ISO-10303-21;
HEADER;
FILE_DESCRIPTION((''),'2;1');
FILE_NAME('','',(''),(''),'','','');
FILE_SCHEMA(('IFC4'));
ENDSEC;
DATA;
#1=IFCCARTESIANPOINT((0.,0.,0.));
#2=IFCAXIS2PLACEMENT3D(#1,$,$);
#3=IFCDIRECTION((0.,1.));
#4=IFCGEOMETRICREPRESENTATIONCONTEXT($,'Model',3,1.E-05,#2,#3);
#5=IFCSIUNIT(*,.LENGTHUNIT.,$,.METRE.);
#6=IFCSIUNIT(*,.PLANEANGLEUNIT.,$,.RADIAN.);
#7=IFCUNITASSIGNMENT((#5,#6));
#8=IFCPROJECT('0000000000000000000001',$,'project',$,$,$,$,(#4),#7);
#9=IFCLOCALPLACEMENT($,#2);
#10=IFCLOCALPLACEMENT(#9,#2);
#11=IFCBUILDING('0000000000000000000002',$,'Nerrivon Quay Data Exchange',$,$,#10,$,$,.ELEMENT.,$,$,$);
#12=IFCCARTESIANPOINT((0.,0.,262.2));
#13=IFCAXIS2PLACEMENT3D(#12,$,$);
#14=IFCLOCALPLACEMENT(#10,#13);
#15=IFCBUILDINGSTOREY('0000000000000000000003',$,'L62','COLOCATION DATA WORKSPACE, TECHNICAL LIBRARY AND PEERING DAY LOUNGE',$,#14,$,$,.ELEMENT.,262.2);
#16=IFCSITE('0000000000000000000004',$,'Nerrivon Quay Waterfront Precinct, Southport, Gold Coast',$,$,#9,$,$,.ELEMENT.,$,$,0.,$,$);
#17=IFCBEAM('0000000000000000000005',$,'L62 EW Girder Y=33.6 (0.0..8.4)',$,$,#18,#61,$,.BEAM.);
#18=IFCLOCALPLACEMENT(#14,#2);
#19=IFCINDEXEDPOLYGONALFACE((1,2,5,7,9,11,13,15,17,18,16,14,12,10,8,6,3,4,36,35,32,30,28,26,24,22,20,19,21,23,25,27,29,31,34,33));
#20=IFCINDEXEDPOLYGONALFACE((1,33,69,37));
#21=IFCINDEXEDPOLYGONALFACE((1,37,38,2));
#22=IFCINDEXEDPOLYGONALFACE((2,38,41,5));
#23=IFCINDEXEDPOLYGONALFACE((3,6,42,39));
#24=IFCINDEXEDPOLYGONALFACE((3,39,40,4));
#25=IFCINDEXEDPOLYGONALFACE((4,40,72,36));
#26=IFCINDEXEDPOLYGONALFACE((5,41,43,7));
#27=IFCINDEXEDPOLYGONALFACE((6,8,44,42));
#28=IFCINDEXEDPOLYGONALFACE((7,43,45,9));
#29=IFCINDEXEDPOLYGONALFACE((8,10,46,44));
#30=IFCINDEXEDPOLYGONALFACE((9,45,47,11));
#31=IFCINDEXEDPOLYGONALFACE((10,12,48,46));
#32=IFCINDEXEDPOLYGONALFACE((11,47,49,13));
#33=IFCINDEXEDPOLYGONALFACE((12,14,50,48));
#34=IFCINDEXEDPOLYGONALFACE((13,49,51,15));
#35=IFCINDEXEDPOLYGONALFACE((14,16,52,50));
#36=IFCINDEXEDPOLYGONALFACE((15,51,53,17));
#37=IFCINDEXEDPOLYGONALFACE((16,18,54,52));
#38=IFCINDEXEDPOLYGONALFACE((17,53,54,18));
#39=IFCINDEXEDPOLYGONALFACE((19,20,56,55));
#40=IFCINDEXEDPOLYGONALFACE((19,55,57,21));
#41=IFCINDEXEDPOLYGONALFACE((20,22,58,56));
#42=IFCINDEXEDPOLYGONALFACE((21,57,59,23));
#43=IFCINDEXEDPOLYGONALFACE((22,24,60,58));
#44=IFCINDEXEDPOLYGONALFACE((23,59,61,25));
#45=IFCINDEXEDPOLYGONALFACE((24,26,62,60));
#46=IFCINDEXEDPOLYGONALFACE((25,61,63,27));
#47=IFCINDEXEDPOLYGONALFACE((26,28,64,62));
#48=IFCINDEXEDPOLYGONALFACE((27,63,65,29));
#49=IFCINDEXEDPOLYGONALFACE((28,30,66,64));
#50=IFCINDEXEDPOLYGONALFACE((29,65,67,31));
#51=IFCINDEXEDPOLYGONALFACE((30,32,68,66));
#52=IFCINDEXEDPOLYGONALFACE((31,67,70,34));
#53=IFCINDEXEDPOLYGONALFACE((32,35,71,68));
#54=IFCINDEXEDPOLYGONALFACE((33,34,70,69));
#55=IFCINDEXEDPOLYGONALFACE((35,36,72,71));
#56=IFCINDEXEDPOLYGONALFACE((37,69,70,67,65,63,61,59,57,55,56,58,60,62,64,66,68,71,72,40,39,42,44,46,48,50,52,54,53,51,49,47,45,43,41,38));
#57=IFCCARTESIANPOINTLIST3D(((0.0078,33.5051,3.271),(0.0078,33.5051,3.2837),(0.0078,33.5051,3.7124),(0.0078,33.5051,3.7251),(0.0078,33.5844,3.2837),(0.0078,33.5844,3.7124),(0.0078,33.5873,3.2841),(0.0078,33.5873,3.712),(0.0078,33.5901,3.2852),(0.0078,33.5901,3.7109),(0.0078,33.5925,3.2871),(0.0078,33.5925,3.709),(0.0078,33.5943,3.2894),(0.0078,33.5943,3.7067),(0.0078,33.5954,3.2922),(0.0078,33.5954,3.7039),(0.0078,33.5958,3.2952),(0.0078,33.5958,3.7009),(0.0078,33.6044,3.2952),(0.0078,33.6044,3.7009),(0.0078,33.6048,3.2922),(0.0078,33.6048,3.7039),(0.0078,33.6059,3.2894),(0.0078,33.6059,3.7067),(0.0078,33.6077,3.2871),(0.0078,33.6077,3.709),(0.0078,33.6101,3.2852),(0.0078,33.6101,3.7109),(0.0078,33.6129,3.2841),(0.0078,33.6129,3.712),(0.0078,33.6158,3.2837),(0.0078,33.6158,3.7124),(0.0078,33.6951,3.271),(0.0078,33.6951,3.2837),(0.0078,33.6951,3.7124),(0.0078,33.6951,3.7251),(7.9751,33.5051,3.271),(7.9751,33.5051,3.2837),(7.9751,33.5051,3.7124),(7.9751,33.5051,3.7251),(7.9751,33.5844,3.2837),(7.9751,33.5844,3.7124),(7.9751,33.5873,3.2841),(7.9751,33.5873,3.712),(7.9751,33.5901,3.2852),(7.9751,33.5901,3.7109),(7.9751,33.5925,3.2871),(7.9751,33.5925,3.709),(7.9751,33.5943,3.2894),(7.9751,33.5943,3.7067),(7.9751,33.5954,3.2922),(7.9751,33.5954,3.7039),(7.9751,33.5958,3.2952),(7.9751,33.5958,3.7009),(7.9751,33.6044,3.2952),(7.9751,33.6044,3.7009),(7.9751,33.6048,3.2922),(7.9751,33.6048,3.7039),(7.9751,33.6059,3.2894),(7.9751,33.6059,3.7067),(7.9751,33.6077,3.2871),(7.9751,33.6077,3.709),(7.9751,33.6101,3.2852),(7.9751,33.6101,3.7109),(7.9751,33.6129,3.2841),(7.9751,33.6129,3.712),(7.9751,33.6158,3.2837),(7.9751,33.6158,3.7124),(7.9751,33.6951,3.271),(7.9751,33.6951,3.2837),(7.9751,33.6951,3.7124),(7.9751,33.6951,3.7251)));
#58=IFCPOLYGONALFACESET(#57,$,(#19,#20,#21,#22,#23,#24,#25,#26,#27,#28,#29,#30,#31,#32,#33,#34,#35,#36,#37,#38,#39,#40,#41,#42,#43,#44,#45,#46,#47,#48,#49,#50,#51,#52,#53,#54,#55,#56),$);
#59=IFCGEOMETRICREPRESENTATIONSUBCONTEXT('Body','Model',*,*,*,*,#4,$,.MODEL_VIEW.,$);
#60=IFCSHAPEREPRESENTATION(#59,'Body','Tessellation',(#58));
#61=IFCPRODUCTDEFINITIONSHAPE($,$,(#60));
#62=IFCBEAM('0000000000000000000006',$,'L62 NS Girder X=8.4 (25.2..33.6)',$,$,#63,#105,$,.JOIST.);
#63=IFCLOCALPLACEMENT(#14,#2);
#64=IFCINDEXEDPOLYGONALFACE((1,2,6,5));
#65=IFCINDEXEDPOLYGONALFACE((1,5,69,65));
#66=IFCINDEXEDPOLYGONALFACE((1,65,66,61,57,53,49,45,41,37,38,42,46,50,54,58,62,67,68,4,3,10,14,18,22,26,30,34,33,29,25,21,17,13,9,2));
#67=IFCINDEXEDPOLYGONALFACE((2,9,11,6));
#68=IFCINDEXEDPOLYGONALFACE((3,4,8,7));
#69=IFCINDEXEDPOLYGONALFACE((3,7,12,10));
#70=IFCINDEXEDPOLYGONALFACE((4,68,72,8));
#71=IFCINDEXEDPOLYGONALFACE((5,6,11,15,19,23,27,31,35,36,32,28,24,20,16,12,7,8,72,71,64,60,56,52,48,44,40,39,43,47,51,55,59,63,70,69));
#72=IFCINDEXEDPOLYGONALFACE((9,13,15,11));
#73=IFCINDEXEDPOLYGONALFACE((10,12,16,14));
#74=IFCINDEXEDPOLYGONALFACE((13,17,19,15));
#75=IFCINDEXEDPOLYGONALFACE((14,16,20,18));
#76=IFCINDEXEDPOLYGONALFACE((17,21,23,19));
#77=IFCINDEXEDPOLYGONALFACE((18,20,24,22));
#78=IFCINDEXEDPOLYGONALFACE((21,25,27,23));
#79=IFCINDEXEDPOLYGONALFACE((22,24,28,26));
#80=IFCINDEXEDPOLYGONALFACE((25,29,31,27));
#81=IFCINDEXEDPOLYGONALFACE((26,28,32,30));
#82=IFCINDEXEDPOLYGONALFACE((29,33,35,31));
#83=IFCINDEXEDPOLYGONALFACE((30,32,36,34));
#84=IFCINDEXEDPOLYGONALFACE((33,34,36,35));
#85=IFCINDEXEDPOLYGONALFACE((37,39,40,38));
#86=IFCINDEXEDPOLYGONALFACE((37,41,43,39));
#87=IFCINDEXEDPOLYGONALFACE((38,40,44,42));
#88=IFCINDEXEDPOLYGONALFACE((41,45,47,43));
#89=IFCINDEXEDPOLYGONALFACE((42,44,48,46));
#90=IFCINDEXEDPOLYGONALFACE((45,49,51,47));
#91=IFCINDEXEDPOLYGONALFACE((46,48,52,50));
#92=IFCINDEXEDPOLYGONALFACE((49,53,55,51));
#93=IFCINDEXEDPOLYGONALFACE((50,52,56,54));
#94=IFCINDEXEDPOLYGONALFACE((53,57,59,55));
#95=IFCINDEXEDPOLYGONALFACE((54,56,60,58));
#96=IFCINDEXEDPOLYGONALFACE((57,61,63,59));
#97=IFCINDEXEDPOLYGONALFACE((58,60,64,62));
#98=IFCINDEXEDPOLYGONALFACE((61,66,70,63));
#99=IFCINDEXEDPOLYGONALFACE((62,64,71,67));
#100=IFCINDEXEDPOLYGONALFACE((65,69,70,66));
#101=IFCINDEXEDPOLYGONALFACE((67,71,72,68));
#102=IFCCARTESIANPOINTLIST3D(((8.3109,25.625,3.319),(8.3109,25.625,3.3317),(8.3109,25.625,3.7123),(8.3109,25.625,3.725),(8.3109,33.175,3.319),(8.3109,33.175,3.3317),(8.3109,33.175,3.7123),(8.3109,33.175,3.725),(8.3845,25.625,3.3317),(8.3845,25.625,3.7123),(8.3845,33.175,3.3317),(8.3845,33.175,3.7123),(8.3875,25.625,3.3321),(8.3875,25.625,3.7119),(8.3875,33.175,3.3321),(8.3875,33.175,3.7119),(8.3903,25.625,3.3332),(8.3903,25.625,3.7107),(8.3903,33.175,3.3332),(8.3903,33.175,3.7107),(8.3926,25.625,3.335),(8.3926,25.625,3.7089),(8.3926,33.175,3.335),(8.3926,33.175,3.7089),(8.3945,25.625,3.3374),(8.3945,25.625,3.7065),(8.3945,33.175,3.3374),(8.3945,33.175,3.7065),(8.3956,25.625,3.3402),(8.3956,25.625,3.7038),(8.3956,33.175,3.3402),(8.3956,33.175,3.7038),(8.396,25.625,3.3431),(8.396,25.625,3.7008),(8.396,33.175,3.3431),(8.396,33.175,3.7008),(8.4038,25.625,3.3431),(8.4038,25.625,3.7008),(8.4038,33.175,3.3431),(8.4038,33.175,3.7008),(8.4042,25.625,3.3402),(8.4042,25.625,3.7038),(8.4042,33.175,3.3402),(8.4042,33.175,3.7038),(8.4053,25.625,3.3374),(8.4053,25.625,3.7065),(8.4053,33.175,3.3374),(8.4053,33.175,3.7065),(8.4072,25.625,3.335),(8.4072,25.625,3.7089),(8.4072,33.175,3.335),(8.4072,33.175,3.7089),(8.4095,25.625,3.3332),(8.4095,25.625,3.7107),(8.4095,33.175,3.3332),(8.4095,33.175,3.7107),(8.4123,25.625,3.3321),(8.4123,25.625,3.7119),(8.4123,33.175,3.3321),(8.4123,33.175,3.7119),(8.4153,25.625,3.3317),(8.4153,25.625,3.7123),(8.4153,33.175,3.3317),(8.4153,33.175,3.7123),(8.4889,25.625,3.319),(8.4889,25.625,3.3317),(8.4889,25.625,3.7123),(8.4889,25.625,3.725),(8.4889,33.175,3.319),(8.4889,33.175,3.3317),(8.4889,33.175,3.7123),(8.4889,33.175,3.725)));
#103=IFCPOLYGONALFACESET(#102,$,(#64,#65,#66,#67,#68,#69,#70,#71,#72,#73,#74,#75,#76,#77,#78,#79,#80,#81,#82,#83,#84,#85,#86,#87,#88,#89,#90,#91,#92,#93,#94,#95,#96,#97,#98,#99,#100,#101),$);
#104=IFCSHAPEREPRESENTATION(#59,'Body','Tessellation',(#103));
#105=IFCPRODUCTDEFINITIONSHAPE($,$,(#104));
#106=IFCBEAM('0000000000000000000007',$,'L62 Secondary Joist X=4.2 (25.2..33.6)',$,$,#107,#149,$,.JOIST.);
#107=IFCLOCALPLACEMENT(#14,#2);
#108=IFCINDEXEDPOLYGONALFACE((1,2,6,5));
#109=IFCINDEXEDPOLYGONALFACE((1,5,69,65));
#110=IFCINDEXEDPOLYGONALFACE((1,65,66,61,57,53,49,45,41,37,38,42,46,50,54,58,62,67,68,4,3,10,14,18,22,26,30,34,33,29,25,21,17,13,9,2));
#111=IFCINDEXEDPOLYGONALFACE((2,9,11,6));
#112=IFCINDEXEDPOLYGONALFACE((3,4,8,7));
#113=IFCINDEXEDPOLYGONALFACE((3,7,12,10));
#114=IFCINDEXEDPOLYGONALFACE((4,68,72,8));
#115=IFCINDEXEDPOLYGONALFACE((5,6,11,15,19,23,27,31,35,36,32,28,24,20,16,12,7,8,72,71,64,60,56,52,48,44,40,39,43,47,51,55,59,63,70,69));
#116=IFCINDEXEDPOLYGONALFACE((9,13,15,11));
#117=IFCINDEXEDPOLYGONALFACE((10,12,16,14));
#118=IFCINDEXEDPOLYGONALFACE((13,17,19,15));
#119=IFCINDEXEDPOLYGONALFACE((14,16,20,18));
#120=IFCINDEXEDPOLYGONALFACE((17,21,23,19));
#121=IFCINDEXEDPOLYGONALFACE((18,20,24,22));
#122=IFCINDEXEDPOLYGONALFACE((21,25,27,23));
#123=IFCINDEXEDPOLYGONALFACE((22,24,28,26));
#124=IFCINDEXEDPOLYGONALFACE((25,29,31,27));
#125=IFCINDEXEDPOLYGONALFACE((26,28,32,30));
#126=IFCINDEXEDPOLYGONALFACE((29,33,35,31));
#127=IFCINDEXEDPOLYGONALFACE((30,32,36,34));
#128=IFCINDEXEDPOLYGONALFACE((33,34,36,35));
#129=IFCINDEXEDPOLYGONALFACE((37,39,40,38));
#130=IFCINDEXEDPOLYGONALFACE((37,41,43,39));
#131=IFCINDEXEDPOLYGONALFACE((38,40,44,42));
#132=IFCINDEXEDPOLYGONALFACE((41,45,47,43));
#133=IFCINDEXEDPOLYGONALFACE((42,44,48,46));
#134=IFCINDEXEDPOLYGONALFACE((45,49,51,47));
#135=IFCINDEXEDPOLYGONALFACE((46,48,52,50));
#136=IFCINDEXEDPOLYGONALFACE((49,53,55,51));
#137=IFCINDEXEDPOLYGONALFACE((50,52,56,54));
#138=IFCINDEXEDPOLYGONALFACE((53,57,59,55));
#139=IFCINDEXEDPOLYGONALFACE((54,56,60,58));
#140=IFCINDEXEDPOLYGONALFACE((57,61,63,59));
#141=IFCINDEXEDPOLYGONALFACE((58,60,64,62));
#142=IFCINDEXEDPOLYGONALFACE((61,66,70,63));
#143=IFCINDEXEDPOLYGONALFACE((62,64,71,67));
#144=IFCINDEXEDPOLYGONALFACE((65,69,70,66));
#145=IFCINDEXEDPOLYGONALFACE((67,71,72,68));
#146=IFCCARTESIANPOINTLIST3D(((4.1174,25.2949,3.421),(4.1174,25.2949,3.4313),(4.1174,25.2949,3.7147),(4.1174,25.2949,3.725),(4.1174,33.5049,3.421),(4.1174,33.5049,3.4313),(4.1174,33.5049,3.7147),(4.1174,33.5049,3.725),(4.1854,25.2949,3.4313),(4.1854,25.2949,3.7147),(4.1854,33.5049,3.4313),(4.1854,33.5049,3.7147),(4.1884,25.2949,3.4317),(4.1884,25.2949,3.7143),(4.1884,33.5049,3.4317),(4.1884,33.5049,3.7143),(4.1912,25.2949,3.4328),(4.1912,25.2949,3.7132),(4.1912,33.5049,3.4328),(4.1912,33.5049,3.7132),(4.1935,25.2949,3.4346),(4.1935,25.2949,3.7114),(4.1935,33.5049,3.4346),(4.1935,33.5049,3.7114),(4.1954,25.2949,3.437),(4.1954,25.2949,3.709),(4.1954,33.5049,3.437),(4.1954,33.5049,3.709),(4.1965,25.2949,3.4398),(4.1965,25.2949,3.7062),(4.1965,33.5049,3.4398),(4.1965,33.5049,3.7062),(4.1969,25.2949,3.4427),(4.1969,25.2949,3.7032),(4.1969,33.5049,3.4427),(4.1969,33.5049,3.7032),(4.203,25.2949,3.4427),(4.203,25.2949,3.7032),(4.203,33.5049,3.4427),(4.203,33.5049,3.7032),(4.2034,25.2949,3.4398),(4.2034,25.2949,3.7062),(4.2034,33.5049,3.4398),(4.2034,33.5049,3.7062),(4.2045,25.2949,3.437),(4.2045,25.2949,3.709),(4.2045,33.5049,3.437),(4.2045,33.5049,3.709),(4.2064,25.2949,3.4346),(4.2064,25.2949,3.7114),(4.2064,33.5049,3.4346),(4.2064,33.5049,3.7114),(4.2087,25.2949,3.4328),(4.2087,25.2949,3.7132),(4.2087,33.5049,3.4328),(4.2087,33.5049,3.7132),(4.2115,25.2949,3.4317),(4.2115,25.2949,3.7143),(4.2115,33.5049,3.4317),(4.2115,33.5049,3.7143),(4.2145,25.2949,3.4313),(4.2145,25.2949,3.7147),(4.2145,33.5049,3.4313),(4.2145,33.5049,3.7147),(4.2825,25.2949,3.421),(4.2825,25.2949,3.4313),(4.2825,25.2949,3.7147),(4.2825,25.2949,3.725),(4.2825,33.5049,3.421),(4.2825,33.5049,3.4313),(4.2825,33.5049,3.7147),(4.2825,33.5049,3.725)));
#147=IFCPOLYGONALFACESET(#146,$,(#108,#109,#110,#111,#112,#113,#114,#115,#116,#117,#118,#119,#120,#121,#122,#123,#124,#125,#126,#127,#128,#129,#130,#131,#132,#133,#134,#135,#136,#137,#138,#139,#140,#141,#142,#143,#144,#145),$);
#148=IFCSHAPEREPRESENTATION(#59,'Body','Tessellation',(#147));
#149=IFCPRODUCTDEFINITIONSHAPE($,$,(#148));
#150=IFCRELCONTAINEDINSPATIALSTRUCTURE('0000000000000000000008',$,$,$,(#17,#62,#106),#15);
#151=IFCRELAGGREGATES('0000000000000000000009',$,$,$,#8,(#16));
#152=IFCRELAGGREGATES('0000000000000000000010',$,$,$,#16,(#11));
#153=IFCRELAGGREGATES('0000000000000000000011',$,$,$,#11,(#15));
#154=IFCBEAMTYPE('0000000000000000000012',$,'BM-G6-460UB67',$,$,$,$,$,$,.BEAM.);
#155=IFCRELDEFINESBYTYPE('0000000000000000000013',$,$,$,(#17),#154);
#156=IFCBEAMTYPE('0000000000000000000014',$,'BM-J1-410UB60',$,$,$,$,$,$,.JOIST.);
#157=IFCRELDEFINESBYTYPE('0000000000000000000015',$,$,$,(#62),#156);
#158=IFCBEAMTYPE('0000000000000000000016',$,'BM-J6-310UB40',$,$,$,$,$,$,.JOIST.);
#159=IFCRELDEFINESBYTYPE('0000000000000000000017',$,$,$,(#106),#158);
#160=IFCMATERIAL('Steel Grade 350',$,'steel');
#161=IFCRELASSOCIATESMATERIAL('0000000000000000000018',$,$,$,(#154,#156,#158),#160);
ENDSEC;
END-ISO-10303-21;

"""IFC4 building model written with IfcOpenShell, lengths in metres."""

from ifc_helpers import new_model, si_unit, direction, frame, origin, origin_2d, place, context, subcontext, project, spatial, i_section, extrude, material, material_profile, profile_set, type_object, element, save


model = new_model("IFC4")

# Units and contexts
model_context = context("Model", 3, precision=1e-05, world=origin(), true_north=direction((0.0, 1.0)))
body_context = subcontext(model_context, "Body", "Model", "MODEL_VIEW")
ifc_project = project(units=[si_unit("LENGTHUNIT", "METRE"), si_unit("PLANEANGLEUNIT", "RADIAN")], contexts=[model_context])

# Site, building, storey
site_placement = place(None, origin())
site = spatial("IfcSite", under=ifc_project, at=site_placement, Name="Nerrivon Quay Waterfront Precinct, Southport, Gold Coast", CompositionType="ELEMENT", RefElevation=0.0)
building_placement = place(site_placement, origin())
building = spatial("IfcBuilding", under=site, at=building_placement, Name="Nerrivon Quay Data Exchange", CompositionType="ELEMENT")
storey_placement = place(building_placement, frame((0.0, 0.0, 262.2)))
storey = spatial("IfcBuildingStorey", under=building, at=storey_placement, Name="L62", Description="COLOCATION DATA WORKSPACE, TECHNICAL LIBRARY AND PEERING DAY LOUNGE", CompositionType="ELEMENT", Elevation=262.2)

# Shared definitions
ifc_material_1 = material(Name="Steel Grade 350", Category="steel")

# Beams
ifc_material_profile_1 = material_profile(ifc_material_1, i_section(OverallWidth=0.1899, OverallDepth=0.4541, WebThickness=0.0085, FlangeThickness=0.0127, FilletRadius=0.0115, at=origin_2d()), Name="460UB67.1")
ifc_profile_set_1 = profile_set([ifc_material_profile_1], Name="Steel Grade 350")
beam_type_1 = type_object("IfcBeamType", Name="BM-G6-460UB67", PredefinedType="BEAM", material=ifc_profile_set_1)
for number, where, z_axis, x_axis, name in (
    (1, (0.0078, 33.6001, 3.498), (1.0, 0.0, 0.0), (0.0, 1.0, 0.0), "L62 EW Girder Y=33.6 (0.0..8.4)"),
):
    element("IfcBeam", number, at=place(storey_placement, frame(where, z_axis=z_axis, x_axis=x_axis)), inside=storey, type_object=beam_type_1, Name=name, PredefinedType="BEAM", context=body_context, shape_type="SweptSolid", body=[
        extrude(i_section(OverallWidth=0.1899, OverallDepth=0.4541, WebThickness=0.0085, FlangeThickness=0.0127, FilletRadius=0.0115, at=origin_2d()), origin(), (0.0, 0.0, 1.0), 7.9673),
    ])
ifc_material_profile_2 = material_profile(ifc_material_1, i_section(OverallWidth=0.178, OverallDepth=0.406, WebThickness=0.0078, FlangeThickness=0.0127, FilletRadius=0.0115, at=origin_2d()), Name="410UB59.7")
ifc_profile_set_2 = profile_set([ifc_material_profile_2], Name="Steel Grade 350")
beam_type_2 = type_object("IfcBeamType", Name="BM-J1-410UB60", PredefinedType="JOIST", material=ifc_profile_set_2)
beam_1_placement = place(storey_placement, frame((8.3999, 25.625, 3.522), z_axis=(0.0, 1.0, 0.0), x_axis=(-1.0, 0.0, 0.0)))
element("IfcBeam", 2, at=beam_1_placement, inside=storey, type_object=beam_type_2, Name="L62 NS Girder X=8.4 (25.2..33.6)", PredefinedType="JOIST", context=body_context, shape_type="SweptSolid", body=[
    extrude(i_section(OverallWidth=0.178, OverallDepth=0.406, WebThickness=0.0078, FlangeThickness=0.0127, FilletRadius=0.0115, at=origin_2d()), origin(), (0.0, 0.0, 1.0), 7.55),
])
ifc_material_profile_3 = material_profile(ifc_material_1, i_section(OverallWidth=0.165, OverallDepth=0.304, WebThickness=0.0061, FlangeThickness=0.0103, FilletRadius=0.0115, at=origin_2d()), Name="310UB40.4")
ifc_profile_set_3 = profile_set([ifc_material_profile_3], Name="Steel Grade 350")
beam_type_3 = type_object("IfcBeamType", Name="BM-J6-310UB40", PredefinedType="JOIST", material=ifc_profile_set_3)
beam_2_placement = place(storey_placement, frame((4.2, 25.2949, 3.573), z_axis=(0.0, 1.0, 0.0), x_axis=(-1.0, 0.0, 0.0)))
element("IfcBeam", 3, at=beam_2_placement, inside=storey, type_object=beam_type_3, Name="L62 Secondary Joist X=4.2 (25.2..33.6)", PredefinedType="JOIST", context=body_context, shape_type="SweptSolid", body=[
    extrude(i_section(OverallWidth=0.165, OverallDepth=0.304, WebThickness=0.0061, FlangeThickness=0.0103, FilletRadius=0.0115, at=origin_2d()), origin(), (0.0, 0.0, 1.0), 8.21),
])

save(model, "model.ifc")
